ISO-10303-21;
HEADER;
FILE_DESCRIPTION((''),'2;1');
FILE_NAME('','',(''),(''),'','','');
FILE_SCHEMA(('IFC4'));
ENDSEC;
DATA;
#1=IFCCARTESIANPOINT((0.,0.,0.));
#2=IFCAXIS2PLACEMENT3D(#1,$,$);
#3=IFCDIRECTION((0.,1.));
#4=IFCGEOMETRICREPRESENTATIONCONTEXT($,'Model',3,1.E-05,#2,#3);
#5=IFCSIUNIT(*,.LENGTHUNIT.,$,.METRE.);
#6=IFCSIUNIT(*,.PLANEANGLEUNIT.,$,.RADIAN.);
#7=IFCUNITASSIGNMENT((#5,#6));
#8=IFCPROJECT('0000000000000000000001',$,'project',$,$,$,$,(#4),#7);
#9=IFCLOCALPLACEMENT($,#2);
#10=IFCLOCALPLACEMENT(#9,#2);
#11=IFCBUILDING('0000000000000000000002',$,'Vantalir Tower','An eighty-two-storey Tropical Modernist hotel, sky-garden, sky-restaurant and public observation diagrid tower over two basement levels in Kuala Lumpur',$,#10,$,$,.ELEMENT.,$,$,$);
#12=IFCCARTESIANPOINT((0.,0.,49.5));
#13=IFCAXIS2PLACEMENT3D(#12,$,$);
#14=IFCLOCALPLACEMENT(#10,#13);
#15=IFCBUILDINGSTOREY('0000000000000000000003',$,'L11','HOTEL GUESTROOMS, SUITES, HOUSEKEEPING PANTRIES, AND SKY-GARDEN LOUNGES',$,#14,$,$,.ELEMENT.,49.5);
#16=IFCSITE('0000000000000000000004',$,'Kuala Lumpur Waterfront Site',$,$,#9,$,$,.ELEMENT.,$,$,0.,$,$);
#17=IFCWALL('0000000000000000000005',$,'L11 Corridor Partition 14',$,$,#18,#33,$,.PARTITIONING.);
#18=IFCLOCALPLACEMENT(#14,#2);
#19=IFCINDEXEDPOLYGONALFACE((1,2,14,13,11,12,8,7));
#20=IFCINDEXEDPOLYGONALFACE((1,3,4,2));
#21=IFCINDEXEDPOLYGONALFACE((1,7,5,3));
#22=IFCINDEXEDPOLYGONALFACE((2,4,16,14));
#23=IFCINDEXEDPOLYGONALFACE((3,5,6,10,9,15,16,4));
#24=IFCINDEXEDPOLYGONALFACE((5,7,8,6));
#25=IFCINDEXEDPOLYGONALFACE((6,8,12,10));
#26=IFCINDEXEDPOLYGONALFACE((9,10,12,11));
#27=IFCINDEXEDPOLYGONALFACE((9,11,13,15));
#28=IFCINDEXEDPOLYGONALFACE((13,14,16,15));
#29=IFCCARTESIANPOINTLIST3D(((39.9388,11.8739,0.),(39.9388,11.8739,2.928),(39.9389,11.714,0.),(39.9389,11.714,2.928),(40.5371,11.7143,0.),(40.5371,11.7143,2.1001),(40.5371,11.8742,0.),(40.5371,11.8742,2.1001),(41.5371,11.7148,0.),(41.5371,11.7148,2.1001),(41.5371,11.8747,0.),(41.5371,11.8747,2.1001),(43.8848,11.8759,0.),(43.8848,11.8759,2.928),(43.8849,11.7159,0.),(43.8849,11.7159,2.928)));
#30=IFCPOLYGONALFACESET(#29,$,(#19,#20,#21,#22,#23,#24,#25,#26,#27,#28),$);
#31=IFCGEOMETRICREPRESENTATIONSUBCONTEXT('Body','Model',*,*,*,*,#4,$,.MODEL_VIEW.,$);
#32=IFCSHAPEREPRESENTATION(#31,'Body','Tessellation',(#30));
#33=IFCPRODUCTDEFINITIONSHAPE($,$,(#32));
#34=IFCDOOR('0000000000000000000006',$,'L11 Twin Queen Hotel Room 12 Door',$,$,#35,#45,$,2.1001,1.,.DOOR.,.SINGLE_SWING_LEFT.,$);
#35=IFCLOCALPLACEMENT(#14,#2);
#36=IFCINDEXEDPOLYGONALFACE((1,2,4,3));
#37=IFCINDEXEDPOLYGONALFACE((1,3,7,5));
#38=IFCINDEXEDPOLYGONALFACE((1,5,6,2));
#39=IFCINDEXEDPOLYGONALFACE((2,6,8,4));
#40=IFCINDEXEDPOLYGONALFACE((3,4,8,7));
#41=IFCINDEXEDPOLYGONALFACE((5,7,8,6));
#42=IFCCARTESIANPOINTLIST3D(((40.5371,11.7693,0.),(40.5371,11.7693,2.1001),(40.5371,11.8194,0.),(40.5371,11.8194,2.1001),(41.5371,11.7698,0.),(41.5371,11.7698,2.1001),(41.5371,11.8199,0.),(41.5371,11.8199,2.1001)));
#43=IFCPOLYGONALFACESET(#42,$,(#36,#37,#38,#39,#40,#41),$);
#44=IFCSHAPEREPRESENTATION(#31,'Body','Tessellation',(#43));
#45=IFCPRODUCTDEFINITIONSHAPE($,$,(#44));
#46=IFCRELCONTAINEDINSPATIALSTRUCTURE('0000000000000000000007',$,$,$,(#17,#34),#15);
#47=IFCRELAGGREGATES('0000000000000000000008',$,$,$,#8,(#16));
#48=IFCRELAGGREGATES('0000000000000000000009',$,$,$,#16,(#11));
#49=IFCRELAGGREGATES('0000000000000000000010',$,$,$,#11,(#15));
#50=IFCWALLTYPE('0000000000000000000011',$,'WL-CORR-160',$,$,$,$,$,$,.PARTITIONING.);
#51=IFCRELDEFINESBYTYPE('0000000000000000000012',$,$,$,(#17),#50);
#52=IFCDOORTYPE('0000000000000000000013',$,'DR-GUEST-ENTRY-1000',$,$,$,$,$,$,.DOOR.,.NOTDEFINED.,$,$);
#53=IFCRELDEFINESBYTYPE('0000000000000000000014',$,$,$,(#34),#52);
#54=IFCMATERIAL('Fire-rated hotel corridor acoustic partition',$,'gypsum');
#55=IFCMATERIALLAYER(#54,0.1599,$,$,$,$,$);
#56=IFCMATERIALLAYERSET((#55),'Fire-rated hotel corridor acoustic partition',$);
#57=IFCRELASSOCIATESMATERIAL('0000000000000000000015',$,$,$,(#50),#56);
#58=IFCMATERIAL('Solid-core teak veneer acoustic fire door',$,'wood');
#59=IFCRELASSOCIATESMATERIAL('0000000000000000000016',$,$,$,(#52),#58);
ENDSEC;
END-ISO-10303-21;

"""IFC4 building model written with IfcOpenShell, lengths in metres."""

from ifc_helpers import new_model, si_unit, direction, frame, frame_2d, origin, place, context, subcontext, project, spatial, rectangle, extrude, material, layer, layer_set, type_object, element, fill, save


model = new_model("IFC4")

# Units and contexts
model_context = context("Model", 3, precision=1e-05, world=origin(), true_north=direction((0.0, 1.0)))
body_context = subcontext(model_context, "Body", "Model", "MODEL_VIEW")
ifc_project = project(units=[si_unit("LENGTHUNIT", "METRE"), si_unit("PLANEANGLEUNIT", "RADIAN")], contexts=[model_context])

# Site, building, storey
site_placement = place(None, origin())
site = spatial("IfcSite", under=ifc_project, at=site_placement, Name="Kuala Lumpur Waterfront Site", CompositionType="ELEMENT", RefElevation=0.0)
building_placement = place(site_placement, origin())
building = spatial("IfcBuilding", under=site, at=building_placement, Name="Vantalir Tower", Description="An eighty-two-storey Tropical Modernist hotel, sky-garden, sky-restaurant and public observation diagrid tower over two basement levels in Kuala Lumpur", CompositionType="ELEMENT")
storey_placement = place(building_placement, frame((0.0, 0.0, 49.5)))
storey = spatial("IfcBuildingStorey", under=building, at=storey_placement, Name="L11", Description="HOTEL GUESTROOMS, SUITES, HOUSEKEEPING PANTRIES, AND SKY-GARDEN LOUNGES", CompositionType="ELEMENT", Elevation=49.5)

# Wall, opening, door
ifc_material_1 = material(Name="Fire-rated hotel corridor acoustic partition", Category="gypsum")
ifc_layer_1 = layer(ifc_material_1, 0.1599)
ifc_layer_set_1 = layer_set([ifc_layer_1], Name="Fire-rated hotel corridor acoustic partition")
wall_type_1 = type_object("IfcWallType", Name="WL-CORR-160", PredefinedType="PARTITIONING", material=ifc_layer_set_1)
wall_1_placement = place(storey_placement, frame((43.885, 11.7959, 0.0), z_axis=(0.0, 0.0, 1.0), x_axis=(-1.0, -0.000495, 0.0)))
wall_1 = element("IfcWall", 1, at=wall_1_placement, inside=storey, type_object=wall_type_1, Name="L11 Corridor Partition 14", PredefinedType="PARTITIONING", context=body_context, shape_type="SweptSolid", body=[
    extrude(rectangle(XDim=3.946, YDim=0.1599, at=frame_2d((1.9731, 0.0))), origin(), (0.0, 0.0, 1.0), 2.928),
])
opening_1_placement = place(wall_1_placement, frame((2.3479, 0.0, 0.0)))
opening_1 = element("IfcOpeningElement", 2, at=opening_1_placement, cuts=wall_1, PredefinedType="OPENING", context=body_context, shape_type="SweptSolid", body=[
    extrude(rectangle(XDim=1.0, YDim=2.1001, at=frame_2d((0.5, 1.05))), frame((0.0, 0.0898, 0.0), z_axis=(0.0, -1.0, 0.0), x_axis=(1.0, 0.0, 0.0)), (0.0, 0.0, 1.0), 0.1799),
])
ifc_material_2 = material(Name="Solid-core teak veneer acoustic fire door", Category="wood")
door_type_1 = type_object("IfcDoorType", Name="DR-GUEST-ENTRY-1000", OperationType="NOTDEFINED", PredefinedType="DOOR", material=ifc_material_2)
door_1_placement = place(opening_1_placement, origin())
door_1 = element("IfcDoor", 3, at=door_1_placement, inside=storey, type_object=door_type_1, Name="L11 Twin Queen Hotel Room 12 Door", OperationType="SINGLE_SWING_LEFT", OverallHeight=2.1001, OverallWidth=1.0, PredefinedType="DOOR", context=body_context, shape_type="SweptSolid", body=[
    extrude(rectangle(XDim=1.0, YDim=2.1001, at=frame_2d((0.5, 1.05))), frame((0.0, 0.0249, 0.0), z_axis=(0.0, -1.0, 0.0), x_axis=(1.0, 0.0, 0.0)), (0.0, 0.0, 1.0), 0.05),
])
fill(opening_1, door_1)

save(model, "model.ifc")
